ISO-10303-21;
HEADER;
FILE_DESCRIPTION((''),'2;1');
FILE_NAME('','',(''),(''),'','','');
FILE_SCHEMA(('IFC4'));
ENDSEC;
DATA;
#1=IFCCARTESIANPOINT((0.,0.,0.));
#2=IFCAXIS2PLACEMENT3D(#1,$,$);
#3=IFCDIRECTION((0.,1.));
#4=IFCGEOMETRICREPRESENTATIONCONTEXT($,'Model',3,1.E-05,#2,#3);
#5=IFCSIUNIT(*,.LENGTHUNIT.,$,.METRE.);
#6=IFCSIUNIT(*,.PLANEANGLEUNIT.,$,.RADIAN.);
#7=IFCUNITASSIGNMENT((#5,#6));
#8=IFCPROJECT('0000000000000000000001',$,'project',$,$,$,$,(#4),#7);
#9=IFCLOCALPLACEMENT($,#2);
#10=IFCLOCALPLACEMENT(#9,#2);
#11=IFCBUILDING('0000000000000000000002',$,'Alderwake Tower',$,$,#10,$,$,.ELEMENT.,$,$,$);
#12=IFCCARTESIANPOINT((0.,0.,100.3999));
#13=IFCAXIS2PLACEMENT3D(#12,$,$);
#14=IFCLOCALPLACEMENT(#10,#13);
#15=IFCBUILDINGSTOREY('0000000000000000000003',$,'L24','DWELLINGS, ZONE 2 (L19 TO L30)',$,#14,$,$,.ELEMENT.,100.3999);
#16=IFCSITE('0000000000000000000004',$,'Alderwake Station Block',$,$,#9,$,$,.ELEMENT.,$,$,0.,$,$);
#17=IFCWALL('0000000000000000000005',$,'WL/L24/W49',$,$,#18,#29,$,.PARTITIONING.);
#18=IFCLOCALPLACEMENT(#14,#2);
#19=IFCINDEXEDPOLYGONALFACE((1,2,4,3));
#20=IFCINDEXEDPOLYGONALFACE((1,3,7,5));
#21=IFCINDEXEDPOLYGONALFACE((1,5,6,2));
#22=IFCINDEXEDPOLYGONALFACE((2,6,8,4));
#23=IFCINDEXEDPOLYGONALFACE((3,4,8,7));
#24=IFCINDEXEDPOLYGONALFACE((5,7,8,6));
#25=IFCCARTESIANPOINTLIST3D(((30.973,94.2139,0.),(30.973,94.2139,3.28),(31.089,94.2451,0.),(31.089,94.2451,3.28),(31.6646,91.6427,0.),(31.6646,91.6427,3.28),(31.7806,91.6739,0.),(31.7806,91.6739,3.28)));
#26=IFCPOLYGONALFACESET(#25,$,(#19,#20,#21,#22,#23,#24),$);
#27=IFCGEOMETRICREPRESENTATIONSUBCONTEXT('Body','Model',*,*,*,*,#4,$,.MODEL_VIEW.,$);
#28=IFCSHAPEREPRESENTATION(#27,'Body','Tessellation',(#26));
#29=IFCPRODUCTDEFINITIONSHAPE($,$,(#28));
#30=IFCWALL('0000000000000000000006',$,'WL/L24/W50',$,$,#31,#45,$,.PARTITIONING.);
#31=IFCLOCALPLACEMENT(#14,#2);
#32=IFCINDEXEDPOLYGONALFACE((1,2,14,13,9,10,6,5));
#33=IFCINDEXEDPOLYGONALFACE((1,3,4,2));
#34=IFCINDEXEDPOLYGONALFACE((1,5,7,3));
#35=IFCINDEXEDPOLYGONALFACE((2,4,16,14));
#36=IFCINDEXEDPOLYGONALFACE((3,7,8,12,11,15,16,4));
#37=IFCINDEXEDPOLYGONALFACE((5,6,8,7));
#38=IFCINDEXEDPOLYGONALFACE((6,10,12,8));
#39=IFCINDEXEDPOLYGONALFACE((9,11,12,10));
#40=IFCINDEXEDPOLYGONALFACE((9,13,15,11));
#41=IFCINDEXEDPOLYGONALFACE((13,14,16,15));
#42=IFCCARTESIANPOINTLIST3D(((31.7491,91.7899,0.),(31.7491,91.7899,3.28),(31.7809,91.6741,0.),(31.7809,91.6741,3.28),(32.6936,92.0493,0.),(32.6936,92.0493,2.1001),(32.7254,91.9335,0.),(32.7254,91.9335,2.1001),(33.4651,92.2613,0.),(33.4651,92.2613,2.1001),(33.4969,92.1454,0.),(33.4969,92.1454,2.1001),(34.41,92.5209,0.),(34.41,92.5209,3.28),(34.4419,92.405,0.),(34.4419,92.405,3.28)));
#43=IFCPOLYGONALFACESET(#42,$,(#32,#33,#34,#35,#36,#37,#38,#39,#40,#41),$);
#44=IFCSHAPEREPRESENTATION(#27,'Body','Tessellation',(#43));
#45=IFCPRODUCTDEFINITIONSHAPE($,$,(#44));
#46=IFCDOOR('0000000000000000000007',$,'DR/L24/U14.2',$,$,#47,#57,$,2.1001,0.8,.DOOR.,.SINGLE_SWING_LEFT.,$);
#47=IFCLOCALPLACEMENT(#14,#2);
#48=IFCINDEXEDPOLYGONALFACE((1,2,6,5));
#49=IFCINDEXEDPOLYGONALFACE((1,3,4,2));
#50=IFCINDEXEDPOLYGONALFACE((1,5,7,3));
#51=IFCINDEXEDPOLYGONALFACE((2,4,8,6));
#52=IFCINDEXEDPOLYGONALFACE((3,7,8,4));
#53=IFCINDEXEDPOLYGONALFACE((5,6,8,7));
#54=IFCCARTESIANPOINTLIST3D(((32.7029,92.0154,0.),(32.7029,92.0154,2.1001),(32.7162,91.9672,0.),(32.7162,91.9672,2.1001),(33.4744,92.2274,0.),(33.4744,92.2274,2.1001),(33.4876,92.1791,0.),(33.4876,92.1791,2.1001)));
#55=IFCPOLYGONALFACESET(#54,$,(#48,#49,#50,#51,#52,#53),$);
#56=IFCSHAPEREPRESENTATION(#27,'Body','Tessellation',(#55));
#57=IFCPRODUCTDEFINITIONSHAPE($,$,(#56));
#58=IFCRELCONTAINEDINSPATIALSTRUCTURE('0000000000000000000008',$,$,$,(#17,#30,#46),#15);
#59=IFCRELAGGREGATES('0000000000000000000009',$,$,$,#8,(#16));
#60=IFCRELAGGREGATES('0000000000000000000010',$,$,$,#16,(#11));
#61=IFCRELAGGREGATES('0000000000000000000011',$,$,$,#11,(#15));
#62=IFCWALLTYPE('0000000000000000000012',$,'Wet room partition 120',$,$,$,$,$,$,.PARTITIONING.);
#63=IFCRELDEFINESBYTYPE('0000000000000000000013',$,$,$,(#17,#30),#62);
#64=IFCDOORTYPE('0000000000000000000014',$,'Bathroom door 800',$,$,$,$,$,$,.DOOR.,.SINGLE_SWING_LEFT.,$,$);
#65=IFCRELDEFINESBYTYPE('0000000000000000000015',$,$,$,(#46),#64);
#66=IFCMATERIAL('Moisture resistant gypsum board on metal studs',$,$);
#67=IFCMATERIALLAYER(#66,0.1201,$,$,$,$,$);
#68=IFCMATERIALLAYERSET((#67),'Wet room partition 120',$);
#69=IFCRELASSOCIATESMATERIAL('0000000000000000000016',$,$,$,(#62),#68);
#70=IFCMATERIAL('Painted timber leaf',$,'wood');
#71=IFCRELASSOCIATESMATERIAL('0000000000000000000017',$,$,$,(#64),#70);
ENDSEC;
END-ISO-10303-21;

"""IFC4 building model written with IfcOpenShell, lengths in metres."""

from ifc_helpers import new_model, si_unit, direction, frame, frame_2d, origin, place, context, subcontext, project, spatial, rectangle, extrude, material, layer, layer_set, type_object, element, fill, save


model = new_model("IFC4")

# Units and contexts
model_context = context("Model", 3, precision=1e-05, world=origin(), true_north=direction((0.0, 1.0)))
body_context = subcontext(model_context, "Body", "Model", "MODEL_VIEW")
ifc_project = project(units=[si_unit("LENGTHUNIT", "METRE"), si_unit("PLANEANGLEUNIT", "RADIAN")], contexts=[model_context])

# Site, building, storey
site_placement = place(None, origin())
site = spatial("IfcSite", under=ifc_project, at=site_placement, Name="Alderwake Station Block", CompositionType="ELEMENT", RefElevation=0.0)
building_placement = place(site_placement, origin())
building = spatial("IfcBuilding", under=site, at=building_placement, Name="Alderwake Tower", CompositionType="ELEMENT")
storey_placement = place(building_placement, frame((0.0, 0.0, 100.3999)))
storey = spatial("IfcBuildingStorey", under=building, at=storey_placement, Name="L24", Description="DWELLINGS, ZONE 2 (L19 TO L30)", CompositionType="ELEMENT", Elevation=100.3999)

# Wall
ifc_material_1 = material(Name="Moisture resistant gypsum board on metal studs")
ifc_layer_1 = layer(ifc_material_1, 0.1201)
ifc_layer_set_1 = layer_set([ifc_layer_1], Name="Wet room partition 120")
wall_type_1 = type_object("IfcWallType", Name="Wet room partition 120", PredefinedType="PARTITIONING", material=ifc_layer_set_1)
wall_1_placement = place(storey_placement, frame((31.031, 94.2295, 0.0), z_axis=(0.0, 0.0, 1.0), x_axis=(0.259756, -0.965674, 0.0)))
element("IfcWall", 1, at=wall_1_placement, inside=storey, type_object=wall_type_1, Name="WL/L24/W49", PredefinedType="PARTITIONING", context=body_context, shape_type="SweptSolid", body=[
    extrude(rectangle(XDim=2.6626, YDim=0.1201, at=frame_2d((1.3313, 0.0))), origin(), (0.0, 0.0, 1.0), 3.28),
])

# Wall, opening, door
wall_2_placement = place(storey_placement, frame((31.7649, 91.7319, 0.0), z_axis=(0.0, 0.0, 1.0), x_axis=(0.964278, 0.264891, 0.0)))
wall_2 = element("IfcWall", 2, at=wall_2_placement, inside=storey, type_object=wall_type_1, Name="WL/L24/W50", PredefinedType="PARTITIONING", context=body_context, shape_type="SweptSolid", body=[
    extrude(rectangle(XDim=2.7595, YDim=0.1201, at=frame_2d((1.3799, 0.0))), origin(), (0.0, 0.0, 1.0), 3.28),
])
opening_1_placement = place(wall_2_placement, frame((0.9797, 0.0, 0.0)))
opening_1 = element("IfcOpeningElement", 3, at=opening_1_placement, cuts=wall_2, PredefinedType="OPENING", context=body_context, shape_type="SweptSolid", body=[
    extrude(rectangle(XDim=0.8, YDim=2.1001, at=frame_2d((0.3999, 1.05))), frame((0.0, 0.0701, 0.0), z_axis=(0.0, -1.0, 0.0), x_axis=(1.0, 0.0, 0.0)), (0.0, 0.0, 1.0), 0.1401),
])
ifc_material_2 = material(Name="Painted timber leaf", Category="wood")
door_type_1 = type_object("IfcDoorType", Name="Bathroom door 800", OperationType="SINGLE_SWING_LEFT", PredefinedType="DOOR", material=ifc_material_2)
door_1_placement = place(opening_1_placement, origin())
door_1 = element("IfcDoor", 4, at=door_1_placement, inside=storey, type_object=door_type_1, Name="DR/L24/U14.2", OperationType="SINGLE_SWING_LEFT", OverallHeight=2.1001, OverallWidth=0.8, PredefinedType="DOOR", context=body_context, shape_type="SweptSolid", body=[
    extrude(rectangle(XDim=0.8, YDim=2.1001, at=frame_2d((0.3999, 1.05))), frame((0.0, 0.0249, 0.0), z_axis=(0.0, -1.0, 0.0), x_axis=(1.0, 0.0, 0.0)), (0.0, 0.0, 1.0), 0.05),
])
fill(opening_1, door_1)

save(model, "model.ifc")
